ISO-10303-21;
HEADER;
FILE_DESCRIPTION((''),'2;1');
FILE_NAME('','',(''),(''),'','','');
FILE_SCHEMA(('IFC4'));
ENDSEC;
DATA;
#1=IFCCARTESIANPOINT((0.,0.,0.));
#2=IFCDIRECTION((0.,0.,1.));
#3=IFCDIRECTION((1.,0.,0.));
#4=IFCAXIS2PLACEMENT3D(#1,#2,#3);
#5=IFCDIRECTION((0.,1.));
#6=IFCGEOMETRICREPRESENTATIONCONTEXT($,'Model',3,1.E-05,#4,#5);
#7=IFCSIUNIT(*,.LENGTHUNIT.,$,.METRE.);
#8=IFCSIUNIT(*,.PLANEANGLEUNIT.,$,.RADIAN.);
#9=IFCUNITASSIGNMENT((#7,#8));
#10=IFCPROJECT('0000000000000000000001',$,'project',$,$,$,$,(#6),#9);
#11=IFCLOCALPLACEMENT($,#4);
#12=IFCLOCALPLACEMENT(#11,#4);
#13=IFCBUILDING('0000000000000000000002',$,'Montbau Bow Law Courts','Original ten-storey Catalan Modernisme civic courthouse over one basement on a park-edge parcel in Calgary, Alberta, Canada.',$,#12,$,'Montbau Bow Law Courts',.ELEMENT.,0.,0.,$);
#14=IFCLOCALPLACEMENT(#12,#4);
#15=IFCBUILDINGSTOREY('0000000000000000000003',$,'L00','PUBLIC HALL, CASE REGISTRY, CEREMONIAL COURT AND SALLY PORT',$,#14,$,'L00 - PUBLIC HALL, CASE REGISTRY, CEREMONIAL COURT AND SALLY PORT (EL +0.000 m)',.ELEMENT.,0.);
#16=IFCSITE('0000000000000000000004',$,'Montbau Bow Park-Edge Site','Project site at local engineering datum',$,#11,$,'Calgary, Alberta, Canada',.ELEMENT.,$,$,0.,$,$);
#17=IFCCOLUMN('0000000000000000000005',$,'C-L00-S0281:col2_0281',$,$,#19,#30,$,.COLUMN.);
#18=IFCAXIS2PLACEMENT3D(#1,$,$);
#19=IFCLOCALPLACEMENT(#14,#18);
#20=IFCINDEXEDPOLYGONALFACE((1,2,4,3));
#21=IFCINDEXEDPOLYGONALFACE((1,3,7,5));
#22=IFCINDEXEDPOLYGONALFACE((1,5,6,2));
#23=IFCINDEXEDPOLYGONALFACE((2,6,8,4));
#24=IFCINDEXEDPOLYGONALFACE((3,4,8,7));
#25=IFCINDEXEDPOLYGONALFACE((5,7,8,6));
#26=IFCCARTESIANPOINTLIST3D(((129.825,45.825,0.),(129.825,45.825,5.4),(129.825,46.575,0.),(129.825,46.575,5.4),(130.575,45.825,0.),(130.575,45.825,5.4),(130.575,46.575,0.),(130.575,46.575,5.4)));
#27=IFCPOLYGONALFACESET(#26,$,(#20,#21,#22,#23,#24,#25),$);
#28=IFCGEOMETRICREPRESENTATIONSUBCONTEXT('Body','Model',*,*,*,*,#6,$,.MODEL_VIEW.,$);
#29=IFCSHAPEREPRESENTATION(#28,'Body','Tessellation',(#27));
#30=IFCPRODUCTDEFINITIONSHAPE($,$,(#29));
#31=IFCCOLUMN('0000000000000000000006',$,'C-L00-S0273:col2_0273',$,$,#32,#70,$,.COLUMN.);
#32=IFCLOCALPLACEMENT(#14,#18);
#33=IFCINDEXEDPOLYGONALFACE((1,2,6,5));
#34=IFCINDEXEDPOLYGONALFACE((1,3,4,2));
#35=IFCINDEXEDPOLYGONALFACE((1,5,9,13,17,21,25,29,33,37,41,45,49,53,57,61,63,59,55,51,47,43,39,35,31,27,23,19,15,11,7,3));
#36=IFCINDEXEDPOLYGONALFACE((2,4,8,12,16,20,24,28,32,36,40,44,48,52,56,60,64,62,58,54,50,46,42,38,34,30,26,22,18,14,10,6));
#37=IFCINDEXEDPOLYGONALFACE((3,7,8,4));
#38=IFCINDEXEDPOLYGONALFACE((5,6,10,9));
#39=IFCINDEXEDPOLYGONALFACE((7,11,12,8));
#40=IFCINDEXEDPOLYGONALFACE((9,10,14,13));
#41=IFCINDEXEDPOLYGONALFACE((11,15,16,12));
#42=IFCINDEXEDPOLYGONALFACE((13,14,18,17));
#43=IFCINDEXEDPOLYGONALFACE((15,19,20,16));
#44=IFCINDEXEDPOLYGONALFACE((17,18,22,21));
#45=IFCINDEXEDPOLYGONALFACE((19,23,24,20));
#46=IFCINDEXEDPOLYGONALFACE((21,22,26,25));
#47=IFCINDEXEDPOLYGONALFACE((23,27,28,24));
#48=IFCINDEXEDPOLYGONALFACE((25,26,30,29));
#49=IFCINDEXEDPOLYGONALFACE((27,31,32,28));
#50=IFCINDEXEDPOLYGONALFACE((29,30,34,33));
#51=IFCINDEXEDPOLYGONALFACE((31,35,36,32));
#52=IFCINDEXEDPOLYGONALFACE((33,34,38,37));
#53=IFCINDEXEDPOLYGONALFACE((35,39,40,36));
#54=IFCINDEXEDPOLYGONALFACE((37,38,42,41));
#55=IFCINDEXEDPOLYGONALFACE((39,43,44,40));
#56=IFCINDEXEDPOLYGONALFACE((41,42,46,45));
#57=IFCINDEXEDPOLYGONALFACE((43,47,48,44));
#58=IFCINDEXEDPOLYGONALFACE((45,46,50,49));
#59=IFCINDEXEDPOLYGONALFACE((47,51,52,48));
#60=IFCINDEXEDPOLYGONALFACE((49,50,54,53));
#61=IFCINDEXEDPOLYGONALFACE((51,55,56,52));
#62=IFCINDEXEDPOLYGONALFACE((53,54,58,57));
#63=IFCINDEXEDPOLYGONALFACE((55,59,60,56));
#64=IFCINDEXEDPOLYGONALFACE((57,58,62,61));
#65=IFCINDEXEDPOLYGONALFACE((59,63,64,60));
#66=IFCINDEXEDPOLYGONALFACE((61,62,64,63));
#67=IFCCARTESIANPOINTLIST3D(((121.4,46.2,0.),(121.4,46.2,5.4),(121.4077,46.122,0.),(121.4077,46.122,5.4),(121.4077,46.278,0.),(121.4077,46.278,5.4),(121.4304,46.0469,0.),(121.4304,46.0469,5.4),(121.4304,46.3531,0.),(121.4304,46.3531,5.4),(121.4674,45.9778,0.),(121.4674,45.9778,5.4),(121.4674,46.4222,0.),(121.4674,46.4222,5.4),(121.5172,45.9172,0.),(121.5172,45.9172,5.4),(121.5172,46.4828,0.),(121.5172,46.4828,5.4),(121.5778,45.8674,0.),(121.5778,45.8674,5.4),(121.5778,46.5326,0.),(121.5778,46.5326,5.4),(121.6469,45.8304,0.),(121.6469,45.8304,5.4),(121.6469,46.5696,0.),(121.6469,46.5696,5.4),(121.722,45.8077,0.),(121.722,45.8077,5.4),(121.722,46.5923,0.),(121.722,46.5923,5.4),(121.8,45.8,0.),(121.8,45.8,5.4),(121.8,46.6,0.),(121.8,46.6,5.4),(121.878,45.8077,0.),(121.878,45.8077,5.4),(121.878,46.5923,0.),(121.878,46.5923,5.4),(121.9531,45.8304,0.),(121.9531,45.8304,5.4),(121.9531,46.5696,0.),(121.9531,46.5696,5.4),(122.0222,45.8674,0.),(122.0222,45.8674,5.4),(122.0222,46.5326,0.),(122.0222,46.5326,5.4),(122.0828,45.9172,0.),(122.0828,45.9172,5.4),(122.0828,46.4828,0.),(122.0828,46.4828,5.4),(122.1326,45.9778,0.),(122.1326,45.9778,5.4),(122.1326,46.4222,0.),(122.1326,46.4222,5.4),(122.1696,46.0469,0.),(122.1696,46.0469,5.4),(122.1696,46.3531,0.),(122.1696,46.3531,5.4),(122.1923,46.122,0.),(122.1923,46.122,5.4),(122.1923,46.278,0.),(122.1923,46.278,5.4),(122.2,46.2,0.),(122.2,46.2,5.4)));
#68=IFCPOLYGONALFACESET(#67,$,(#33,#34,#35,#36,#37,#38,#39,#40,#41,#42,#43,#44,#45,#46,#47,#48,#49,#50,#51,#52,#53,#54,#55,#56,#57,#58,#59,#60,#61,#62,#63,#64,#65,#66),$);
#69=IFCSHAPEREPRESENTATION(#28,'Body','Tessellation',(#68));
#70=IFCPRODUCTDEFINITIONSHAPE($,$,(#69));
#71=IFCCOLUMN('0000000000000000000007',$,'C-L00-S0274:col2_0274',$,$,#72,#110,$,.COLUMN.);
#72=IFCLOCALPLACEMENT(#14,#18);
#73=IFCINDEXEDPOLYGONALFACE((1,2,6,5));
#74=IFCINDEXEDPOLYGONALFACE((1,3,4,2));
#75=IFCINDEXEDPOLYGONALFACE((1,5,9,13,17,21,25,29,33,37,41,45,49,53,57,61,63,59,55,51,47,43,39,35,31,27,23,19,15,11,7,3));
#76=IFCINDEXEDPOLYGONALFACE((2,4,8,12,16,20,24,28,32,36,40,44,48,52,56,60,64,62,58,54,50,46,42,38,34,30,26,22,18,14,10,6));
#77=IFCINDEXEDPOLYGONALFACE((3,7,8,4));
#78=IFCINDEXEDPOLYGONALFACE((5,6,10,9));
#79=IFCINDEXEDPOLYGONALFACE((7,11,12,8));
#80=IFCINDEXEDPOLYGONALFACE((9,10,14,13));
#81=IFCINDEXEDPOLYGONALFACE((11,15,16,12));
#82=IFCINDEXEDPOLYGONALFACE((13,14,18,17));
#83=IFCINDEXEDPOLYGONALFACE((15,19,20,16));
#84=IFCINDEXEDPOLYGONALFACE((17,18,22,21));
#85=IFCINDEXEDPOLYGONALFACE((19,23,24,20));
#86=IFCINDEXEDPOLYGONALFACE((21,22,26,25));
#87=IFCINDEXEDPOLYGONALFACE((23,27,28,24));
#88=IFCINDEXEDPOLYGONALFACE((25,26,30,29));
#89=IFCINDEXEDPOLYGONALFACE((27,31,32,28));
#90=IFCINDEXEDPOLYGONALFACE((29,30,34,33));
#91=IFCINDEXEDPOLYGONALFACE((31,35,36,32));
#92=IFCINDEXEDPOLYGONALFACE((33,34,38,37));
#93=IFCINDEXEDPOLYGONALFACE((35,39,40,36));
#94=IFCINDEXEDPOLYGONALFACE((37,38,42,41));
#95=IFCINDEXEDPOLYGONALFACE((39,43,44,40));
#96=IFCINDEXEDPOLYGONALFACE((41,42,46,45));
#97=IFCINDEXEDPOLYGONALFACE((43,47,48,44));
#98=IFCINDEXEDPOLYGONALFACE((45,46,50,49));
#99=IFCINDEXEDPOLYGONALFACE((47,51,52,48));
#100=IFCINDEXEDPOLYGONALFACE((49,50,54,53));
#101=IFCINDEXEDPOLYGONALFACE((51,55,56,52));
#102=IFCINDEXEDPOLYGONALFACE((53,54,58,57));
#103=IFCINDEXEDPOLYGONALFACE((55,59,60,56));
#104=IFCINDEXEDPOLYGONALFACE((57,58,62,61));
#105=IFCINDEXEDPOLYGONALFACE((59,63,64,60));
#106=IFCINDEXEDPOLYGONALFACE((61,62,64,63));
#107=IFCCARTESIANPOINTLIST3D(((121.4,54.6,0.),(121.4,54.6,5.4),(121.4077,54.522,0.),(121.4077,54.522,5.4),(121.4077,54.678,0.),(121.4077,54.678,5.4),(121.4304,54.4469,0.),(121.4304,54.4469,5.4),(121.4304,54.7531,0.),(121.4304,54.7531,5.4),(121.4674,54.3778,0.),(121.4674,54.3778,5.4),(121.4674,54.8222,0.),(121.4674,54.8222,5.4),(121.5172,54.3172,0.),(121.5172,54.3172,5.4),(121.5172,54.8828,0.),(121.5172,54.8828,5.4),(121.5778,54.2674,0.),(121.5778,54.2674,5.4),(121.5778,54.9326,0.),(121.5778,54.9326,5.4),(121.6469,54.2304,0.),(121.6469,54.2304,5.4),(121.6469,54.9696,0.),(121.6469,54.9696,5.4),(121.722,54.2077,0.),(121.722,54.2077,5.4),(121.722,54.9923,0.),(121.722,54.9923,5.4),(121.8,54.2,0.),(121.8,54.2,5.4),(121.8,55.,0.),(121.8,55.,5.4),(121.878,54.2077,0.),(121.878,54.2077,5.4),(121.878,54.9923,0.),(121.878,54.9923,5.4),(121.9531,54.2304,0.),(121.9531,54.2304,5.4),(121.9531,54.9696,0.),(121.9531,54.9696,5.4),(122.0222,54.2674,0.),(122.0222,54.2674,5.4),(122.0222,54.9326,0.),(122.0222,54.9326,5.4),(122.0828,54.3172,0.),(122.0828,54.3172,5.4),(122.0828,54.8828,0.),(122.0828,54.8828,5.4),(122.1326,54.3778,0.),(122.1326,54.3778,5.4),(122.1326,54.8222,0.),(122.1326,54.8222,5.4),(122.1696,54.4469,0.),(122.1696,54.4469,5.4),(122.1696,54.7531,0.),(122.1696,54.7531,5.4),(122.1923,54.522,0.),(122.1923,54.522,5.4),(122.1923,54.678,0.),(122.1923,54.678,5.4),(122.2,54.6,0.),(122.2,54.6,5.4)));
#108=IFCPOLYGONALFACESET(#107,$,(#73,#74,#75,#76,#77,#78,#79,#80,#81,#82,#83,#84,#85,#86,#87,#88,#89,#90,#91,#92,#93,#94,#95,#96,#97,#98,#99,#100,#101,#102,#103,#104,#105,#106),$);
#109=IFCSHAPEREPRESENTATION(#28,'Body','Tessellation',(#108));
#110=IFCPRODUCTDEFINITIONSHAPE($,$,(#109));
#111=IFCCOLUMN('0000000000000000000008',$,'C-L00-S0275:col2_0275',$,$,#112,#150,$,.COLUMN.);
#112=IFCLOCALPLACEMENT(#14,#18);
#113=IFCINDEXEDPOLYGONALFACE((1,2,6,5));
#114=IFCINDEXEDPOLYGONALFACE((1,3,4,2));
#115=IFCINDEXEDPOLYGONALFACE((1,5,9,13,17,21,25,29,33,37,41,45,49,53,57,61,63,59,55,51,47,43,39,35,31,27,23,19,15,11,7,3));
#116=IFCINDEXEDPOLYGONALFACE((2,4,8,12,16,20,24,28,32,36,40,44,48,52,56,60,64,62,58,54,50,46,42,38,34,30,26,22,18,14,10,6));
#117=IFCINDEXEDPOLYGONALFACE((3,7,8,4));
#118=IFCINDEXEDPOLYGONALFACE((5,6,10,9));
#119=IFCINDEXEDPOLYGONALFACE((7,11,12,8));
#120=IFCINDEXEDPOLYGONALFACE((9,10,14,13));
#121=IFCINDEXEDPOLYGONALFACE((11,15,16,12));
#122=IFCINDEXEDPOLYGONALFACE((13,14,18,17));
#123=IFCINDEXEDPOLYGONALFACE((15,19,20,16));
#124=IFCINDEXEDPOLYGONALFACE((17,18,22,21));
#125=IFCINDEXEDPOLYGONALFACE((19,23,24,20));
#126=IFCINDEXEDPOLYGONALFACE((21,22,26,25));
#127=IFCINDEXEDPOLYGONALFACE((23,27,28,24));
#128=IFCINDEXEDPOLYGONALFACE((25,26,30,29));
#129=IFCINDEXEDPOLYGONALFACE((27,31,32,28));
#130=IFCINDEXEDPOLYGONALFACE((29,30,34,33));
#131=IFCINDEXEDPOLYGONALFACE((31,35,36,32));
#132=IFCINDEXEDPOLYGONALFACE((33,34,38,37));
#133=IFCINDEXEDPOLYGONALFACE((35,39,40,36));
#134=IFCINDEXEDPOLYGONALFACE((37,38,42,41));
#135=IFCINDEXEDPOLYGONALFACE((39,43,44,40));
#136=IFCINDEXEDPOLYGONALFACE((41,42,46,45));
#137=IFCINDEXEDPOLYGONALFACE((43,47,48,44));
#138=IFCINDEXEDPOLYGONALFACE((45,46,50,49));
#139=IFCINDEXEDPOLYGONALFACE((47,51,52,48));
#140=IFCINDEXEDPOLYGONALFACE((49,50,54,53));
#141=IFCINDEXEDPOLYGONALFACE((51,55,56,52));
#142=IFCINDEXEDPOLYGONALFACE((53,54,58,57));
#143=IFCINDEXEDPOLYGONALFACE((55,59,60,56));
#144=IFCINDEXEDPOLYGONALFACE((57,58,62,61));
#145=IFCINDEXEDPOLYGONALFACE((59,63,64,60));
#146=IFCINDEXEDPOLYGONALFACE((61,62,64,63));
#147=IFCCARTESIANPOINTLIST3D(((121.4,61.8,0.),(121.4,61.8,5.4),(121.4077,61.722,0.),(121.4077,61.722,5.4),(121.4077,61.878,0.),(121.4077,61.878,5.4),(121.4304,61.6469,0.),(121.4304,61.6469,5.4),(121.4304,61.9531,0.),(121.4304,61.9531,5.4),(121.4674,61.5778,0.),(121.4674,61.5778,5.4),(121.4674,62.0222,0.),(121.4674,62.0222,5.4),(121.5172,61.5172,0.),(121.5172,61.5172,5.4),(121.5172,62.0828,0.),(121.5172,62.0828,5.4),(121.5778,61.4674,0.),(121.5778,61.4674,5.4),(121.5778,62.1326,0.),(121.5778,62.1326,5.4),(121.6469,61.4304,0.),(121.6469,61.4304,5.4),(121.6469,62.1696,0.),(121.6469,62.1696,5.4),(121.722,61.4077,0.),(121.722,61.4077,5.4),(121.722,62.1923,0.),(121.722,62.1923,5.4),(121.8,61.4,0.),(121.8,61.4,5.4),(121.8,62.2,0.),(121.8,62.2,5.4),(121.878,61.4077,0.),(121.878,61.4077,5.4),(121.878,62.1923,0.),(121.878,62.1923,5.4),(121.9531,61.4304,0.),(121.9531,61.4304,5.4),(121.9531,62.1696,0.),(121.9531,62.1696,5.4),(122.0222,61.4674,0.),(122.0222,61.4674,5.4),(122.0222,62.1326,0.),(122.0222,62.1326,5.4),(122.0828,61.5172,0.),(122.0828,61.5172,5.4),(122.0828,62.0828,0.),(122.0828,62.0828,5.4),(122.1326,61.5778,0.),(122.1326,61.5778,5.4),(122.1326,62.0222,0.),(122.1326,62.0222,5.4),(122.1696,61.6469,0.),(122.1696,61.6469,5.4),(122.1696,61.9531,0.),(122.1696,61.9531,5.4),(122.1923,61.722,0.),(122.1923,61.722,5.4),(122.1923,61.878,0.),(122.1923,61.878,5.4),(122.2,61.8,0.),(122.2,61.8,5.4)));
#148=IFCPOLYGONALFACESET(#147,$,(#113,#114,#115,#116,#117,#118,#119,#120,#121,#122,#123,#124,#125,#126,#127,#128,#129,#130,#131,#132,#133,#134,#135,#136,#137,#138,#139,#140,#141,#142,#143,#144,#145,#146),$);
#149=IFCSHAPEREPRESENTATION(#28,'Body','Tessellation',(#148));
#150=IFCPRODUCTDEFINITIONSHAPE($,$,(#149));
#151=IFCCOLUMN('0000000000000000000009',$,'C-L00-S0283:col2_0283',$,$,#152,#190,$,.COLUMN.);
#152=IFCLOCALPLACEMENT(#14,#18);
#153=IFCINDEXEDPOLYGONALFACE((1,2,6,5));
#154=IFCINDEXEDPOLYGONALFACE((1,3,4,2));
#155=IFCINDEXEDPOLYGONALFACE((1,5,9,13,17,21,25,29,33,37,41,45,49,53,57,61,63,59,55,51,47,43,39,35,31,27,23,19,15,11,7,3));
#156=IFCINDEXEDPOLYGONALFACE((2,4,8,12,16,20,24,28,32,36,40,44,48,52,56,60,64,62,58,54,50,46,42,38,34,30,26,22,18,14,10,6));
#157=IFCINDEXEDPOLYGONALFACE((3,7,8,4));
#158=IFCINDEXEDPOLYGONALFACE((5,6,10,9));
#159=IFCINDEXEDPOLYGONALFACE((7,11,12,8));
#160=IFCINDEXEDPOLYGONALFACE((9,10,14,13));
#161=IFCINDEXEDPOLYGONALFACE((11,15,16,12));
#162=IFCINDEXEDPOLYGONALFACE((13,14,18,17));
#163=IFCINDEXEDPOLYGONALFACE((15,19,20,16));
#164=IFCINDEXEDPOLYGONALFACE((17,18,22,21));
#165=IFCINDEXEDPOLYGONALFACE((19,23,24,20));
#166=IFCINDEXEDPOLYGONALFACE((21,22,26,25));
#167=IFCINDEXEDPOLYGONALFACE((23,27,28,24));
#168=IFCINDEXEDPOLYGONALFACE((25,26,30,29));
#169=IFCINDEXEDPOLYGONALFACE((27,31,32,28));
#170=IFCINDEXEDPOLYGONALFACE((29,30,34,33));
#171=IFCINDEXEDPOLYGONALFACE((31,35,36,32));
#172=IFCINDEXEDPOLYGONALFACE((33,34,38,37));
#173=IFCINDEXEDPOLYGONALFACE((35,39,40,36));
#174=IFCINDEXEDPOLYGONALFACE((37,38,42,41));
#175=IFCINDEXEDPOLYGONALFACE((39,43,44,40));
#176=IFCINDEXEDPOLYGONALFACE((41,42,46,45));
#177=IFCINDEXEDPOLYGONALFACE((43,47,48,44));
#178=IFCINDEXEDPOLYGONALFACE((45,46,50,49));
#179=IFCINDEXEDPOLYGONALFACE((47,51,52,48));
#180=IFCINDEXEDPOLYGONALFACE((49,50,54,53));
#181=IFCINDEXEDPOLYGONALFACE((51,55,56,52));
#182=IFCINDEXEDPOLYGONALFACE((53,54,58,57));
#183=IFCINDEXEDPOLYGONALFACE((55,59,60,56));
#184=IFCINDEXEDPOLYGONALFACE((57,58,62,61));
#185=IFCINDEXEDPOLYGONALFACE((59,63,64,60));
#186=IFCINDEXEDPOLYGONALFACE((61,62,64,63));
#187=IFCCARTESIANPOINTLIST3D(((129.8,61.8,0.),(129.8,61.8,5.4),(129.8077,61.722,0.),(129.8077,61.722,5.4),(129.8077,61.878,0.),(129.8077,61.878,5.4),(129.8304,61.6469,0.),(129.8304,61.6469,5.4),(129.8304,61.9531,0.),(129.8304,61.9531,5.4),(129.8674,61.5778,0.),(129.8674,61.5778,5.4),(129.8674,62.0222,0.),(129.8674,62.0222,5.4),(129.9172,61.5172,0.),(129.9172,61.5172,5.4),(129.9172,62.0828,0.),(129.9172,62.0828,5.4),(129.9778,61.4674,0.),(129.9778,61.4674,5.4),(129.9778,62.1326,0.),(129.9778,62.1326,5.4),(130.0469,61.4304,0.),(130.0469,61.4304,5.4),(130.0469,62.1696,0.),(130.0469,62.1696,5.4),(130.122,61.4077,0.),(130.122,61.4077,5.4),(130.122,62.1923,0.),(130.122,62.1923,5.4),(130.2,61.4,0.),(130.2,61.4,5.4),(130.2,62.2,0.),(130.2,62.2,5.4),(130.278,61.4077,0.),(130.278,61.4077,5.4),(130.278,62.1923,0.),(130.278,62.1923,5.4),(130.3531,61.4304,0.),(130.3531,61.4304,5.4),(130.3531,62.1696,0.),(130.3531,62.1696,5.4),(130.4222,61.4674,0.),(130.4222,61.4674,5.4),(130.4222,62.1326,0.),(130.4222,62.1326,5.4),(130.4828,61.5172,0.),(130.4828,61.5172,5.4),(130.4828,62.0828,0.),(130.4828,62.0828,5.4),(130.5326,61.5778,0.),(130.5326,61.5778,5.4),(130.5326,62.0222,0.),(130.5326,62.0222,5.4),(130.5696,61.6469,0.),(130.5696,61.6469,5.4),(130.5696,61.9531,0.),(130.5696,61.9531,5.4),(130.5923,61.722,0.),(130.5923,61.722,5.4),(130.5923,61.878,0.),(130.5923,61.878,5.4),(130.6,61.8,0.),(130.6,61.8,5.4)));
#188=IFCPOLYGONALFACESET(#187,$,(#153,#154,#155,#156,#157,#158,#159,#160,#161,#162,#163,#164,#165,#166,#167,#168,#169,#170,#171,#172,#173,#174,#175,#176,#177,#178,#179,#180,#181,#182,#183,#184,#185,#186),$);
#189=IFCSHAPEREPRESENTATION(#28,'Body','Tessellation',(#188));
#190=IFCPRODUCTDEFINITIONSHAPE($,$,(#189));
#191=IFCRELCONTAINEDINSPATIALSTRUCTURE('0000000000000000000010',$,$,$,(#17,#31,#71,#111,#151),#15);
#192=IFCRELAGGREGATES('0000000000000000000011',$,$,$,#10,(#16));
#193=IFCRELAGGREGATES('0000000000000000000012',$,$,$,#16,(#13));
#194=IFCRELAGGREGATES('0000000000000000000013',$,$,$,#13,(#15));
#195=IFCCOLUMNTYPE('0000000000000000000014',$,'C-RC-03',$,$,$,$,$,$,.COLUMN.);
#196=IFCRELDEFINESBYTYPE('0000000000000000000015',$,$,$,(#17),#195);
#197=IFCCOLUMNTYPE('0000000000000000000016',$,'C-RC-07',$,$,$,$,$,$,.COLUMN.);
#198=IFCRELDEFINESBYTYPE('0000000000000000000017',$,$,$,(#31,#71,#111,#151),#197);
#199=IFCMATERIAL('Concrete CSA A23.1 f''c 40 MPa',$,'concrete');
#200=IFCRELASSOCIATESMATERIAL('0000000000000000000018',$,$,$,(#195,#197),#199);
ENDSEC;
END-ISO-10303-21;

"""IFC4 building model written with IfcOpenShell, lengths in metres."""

from ifc_helpers import new_model, si_unit, direction, frame, origin_with_axes, origin_2d_with_axis, place, context, subcontext, project, spatial, rectangle, circle, extrude, material, material_profile, profile_set, type_object, element, save


model = new_model("IFC4")

# Units and contexts
model_context = context("Model", 3, precision=1e-05, world=origin_with_axes(), true_north=direction((0.0, 1.0)))
body_context = subcontext(model_context, "Body", "Model", "MODEL_VIEW")
ifc_project = project(units=[si_unit("LENGTHUNIT", "METRE"), si_unit("PLANEANGLEUNIT", "RADIAN")], contexts=[model_context])

# Site, building, storey
site_placement = place(None, origin_with_axes())
site = spatial("IfcSite", under=ifc_project, at=site_placement, Name="Montbau Bow Park-Edge Site", Description="Project site at local engineering datum", LongName="Calgary, Alberta, Canada", CompositionType="ELEMENT", RefElevation=0.0)
building_placement = place(site_placement, origin_with_axes())
building = spatial("IfcBuilding", under=site, at=building_placement, Name="Montbau Bow Law Courts", Description="Original ten-storey Catalan Modernisme civic courthouse over one basement on a park-edge parcel in Calgary, Alberta, Canada.", LongName="Montbau Bow Law Courts", CompositionType="ELEMENT", ElevationOfRefHeight=0.0, ElevationOfTerrain=0.0)
storey_placement = place(building_placement, origin_with_axes())
storey = spatial("IfcBuildingStorey", under=building, at=storey_placement, Name="L00", Description="PUBLIC HALL, CASE REGISTRY, CEREMONIAL COURT AND SALLY PORT", LongName="L00 - PUBLIC HALL, CASE REGISTRY, CEREMONIAL COURT AND SALLY PORT (EL +0.000 m)", CompositionType="ELEMENT", Elevation=0.0)

# Columns
ifc_material_1 = material(Name="Concrete CSA A23.1 f'c 40 MPa", Category="concrete")
ifc_material_profile_1 = material_profile(ifc_material_1, rectangle(XDim=0.75, YDim=0.75, at=origin_2d_with_axis()), Name="RC750X750", Category="Main", Priority=0)
ifc_profile_set_1 = profile_set([ifc_material_profile_1], Name="Concrete CSA A23.1 f'c 40 MPa")
column_type_1 = type_object("IfcColumnType", Name="C-RC-03", PredefinedType="COLUMN", material=ifc_profile_set_1)
column_1_placement = place(None, frame((130.2, 46.2, 0.0), z_axis=(0.0, 0.0, 1.0), x_axis=(1.0, 0.0, 0.0)))
element("IfcColumn", 1, at=column_1_placement, inside=storey, type_object=column_type_1, Name="C-L00-S0281:col2_0281", PredefinedType="COLUMN", context=body_context, shape_type="SweptSolid", body=[
    extrude(rectangle(XDim=0.75, YDim=0.75, at=origin_2d_with_axis()), origin_with_axes(), (0.0, 0.0, 1.0), 5.4),
])
ifc_material_profile_2 = material_profile(ifc_material_1, circle(Radius=0.4, at=origin_2d_with_axis()), Name="RC800D", Category="Main", Priority=0)
ifc_profile_set_2 = profile_set([ifc_material_profile_2], Name="Concrete CSA A23.1 f'c 40 MPa")
column_type_2 = type_object("IfcColumnType", Name="C-RC-07", PredefinedType="COLUMN", material=ifc_profile_set_2)
for number, where, z_axis, x_axis, name in (
    (2, (121.8, 46.2, 0.0), (0.0, 0.0, 1.0), (1.0, 0.0, 0.0), "C-L00-S0273:col2_0273"),
    (3, (121.8, 54.6, 0.0), (0.0, 0.0, 1.0), (1.0, 0.0, 0.0), "C-L00-S0274:col2_0274"),
    (4, (121.8, 61.8, 0.0), (0.0, 0.0, 1.0), (1.0, 0.0, 0.0), "C-L00-S0275:col2_0275"),
    (5, (130.2, 61.8, 0.0), (0.0, 0.0, 1.0), (1.0, 0.0, 0.0), "C-L00-S0283:col2_0283"),
):
    element("IfcColumn", number, at=place(None, frame(where, z_axis=z_axis, x_axis=x_axis)), inside=storey, type_object=column_type_2, Name=name, PredefinedType="COLUMN", context=body_context, shape_type="SweptSolid", body=[
        extrude(circle(Radius=0.4, at=origin_2d_with_axis()), origin_with_axes(), (0.0, 0.0, 1.0), 5.4),
    ])

save(model, "model.ifc")
